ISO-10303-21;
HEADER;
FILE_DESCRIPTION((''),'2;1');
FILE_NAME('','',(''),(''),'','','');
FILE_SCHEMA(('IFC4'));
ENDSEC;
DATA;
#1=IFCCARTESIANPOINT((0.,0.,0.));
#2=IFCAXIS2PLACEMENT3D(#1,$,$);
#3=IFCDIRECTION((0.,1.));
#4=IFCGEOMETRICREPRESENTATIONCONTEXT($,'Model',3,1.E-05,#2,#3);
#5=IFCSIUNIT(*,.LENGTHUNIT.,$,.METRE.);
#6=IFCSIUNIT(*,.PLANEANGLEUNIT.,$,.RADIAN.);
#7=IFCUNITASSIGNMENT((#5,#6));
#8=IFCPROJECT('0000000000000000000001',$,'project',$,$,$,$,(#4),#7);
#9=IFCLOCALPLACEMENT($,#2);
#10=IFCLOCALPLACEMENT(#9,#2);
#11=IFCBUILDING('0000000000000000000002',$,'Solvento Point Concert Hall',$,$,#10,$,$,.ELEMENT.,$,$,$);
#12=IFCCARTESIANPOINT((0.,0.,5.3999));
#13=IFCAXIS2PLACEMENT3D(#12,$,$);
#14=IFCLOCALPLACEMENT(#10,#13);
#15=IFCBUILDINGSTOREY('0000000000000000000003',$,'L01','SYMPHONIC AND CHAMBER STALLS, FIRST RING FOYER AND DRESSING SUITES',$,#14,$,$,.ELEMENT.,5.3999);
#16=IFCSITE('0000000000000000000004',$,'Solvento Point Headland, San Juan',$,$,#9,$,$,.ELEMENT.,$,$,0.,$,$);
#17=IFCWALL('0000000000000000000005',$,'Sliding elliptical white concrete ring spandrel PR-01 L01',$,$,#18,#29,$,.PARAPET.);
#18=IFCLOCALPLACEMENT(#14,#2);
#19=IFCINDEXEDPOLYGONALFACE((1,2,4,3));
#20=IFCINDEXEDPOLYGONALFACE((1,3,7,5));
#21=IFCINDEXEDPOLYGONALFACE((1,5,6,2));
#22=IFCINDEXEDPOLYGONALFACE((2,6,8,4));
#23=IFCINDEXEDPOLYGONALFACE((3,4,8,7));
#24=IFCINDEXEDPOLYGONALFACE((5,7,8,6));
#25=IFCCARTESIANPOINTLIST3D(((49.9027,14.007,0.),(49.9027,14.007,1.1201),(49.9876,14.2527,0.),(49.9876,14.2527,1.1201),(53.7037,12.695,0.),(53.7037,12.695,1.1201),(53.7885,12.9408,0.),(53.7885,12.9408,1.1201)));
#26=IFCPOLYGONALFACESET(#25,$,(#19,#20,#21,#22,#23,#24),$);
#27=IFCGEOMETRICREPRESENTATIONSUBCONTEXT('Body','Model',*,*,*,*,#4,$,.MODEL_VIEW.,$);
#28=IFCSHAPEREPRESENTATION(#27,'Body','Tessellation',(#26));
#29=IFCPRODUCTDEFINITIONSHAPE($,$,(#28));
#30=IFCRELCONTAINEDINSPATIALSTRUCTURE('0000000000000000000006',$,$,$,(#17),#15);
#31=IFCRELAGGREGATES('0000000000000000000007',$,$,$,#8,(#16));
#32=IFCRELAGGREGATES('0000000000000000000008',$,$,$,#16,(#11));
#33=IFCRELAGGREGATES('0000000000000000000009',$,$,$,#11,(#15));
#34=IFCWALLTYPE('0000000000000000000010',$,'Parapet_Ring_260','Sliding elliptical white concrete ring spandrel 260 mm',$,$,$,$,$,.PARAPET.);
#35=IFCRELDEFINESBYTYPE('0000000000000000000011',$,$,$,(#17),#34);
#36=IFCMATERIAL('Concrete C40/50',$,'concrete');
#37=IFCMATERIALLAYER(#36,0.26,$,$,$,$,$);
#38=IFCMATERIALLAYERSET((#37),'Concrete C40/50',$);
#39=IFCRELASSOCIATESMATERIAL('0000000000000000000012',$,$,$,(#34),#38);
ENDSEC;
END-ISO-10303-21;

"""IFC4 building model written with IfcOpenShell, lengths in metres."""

from ifc_helpers import new_model, si_unit, direction, frame, frame_2d, origin, place, context, subcontext, project, spatial, rectangle, extrude, material, layer, layer_set, type_object, element, save


model = new_model("IFC4")

# Units and contexts
model_context = context("Model", 3, precision=1e-05, world=origin(), true_north=direction((0.0, 1.0)))
body_context = subcontext(model_context, "Body", "Model", "MODEL_VIEW")
ifc_project = project(units=[si_unit("LENGTHUNIT", "METRE"), si_unit("PLANEANGLEUNIT", "RADIAN")], contexts=[model_context])

# Site, building, storey
site_placement = place(None, origin())
site = spatial("IfcSite", under=ifc_project, at=site_placement, Name="Solvento Point Headland, San Juan", CompositionType="ELEMENT", RefElevation=0.0)
building_placement = place(site_placement, origin())
building = spatial("IfcBuilding", under=site, at=building_placement, Name="Solvento Point Concert Hall", CompositionType="ELEMENT")
storey_placement = place(building_placement, frame((0.0, 0.0, 5.3999)))
storey = spatial("IfcBuildingStorey", under=building, at=storey_placement, Name="L01", Description="SYMPHONIC AND CHAMBER STALLS, FIRST RING FOYER AND DRESSING SUITES", CompositionType="ELEMENT", Elevation=5.3999)

# Wall
ifc_material_1 = material(Name="Concrete C40/50", Category="concrete")
ifc_layer = layer(ifc_material_1, 0.26)
ifc_layer_set = layer_set([ifc_layer], Name="Concrete C40/50")
wall_type = type_object("IfcWallType", Name="Parapet_Ring_260", Description="Sliding elliptical white concrete ring spandrel 260 mm", PredefinedType="PARAPET", material=ifc_layer_set)
wall_1_placement = place(storey_placement, frame((53.7461, 12.8179, 0.0), z_axis=(0.0, 0.0, 1.0), x_axis=(-0.945272, 0.326283, 0.0)))
element("IfcWall", 1, at=wall_1_placement, inside=storey, type_object=wall_type, Name="Sliding elliptical white concrete ring spandrel PR-01 L01", PredefinedType="PARAPET", context=body_context, shape_type="SweptSolid", body=[
    extrude(rectangle(XDim=4.021, YDim=0.26, at=frame_2d((2.0105, 0.0))), origin(), (0.0, 0.0, 1.0), 1.1201),
])

save(model, "model.ifc")
